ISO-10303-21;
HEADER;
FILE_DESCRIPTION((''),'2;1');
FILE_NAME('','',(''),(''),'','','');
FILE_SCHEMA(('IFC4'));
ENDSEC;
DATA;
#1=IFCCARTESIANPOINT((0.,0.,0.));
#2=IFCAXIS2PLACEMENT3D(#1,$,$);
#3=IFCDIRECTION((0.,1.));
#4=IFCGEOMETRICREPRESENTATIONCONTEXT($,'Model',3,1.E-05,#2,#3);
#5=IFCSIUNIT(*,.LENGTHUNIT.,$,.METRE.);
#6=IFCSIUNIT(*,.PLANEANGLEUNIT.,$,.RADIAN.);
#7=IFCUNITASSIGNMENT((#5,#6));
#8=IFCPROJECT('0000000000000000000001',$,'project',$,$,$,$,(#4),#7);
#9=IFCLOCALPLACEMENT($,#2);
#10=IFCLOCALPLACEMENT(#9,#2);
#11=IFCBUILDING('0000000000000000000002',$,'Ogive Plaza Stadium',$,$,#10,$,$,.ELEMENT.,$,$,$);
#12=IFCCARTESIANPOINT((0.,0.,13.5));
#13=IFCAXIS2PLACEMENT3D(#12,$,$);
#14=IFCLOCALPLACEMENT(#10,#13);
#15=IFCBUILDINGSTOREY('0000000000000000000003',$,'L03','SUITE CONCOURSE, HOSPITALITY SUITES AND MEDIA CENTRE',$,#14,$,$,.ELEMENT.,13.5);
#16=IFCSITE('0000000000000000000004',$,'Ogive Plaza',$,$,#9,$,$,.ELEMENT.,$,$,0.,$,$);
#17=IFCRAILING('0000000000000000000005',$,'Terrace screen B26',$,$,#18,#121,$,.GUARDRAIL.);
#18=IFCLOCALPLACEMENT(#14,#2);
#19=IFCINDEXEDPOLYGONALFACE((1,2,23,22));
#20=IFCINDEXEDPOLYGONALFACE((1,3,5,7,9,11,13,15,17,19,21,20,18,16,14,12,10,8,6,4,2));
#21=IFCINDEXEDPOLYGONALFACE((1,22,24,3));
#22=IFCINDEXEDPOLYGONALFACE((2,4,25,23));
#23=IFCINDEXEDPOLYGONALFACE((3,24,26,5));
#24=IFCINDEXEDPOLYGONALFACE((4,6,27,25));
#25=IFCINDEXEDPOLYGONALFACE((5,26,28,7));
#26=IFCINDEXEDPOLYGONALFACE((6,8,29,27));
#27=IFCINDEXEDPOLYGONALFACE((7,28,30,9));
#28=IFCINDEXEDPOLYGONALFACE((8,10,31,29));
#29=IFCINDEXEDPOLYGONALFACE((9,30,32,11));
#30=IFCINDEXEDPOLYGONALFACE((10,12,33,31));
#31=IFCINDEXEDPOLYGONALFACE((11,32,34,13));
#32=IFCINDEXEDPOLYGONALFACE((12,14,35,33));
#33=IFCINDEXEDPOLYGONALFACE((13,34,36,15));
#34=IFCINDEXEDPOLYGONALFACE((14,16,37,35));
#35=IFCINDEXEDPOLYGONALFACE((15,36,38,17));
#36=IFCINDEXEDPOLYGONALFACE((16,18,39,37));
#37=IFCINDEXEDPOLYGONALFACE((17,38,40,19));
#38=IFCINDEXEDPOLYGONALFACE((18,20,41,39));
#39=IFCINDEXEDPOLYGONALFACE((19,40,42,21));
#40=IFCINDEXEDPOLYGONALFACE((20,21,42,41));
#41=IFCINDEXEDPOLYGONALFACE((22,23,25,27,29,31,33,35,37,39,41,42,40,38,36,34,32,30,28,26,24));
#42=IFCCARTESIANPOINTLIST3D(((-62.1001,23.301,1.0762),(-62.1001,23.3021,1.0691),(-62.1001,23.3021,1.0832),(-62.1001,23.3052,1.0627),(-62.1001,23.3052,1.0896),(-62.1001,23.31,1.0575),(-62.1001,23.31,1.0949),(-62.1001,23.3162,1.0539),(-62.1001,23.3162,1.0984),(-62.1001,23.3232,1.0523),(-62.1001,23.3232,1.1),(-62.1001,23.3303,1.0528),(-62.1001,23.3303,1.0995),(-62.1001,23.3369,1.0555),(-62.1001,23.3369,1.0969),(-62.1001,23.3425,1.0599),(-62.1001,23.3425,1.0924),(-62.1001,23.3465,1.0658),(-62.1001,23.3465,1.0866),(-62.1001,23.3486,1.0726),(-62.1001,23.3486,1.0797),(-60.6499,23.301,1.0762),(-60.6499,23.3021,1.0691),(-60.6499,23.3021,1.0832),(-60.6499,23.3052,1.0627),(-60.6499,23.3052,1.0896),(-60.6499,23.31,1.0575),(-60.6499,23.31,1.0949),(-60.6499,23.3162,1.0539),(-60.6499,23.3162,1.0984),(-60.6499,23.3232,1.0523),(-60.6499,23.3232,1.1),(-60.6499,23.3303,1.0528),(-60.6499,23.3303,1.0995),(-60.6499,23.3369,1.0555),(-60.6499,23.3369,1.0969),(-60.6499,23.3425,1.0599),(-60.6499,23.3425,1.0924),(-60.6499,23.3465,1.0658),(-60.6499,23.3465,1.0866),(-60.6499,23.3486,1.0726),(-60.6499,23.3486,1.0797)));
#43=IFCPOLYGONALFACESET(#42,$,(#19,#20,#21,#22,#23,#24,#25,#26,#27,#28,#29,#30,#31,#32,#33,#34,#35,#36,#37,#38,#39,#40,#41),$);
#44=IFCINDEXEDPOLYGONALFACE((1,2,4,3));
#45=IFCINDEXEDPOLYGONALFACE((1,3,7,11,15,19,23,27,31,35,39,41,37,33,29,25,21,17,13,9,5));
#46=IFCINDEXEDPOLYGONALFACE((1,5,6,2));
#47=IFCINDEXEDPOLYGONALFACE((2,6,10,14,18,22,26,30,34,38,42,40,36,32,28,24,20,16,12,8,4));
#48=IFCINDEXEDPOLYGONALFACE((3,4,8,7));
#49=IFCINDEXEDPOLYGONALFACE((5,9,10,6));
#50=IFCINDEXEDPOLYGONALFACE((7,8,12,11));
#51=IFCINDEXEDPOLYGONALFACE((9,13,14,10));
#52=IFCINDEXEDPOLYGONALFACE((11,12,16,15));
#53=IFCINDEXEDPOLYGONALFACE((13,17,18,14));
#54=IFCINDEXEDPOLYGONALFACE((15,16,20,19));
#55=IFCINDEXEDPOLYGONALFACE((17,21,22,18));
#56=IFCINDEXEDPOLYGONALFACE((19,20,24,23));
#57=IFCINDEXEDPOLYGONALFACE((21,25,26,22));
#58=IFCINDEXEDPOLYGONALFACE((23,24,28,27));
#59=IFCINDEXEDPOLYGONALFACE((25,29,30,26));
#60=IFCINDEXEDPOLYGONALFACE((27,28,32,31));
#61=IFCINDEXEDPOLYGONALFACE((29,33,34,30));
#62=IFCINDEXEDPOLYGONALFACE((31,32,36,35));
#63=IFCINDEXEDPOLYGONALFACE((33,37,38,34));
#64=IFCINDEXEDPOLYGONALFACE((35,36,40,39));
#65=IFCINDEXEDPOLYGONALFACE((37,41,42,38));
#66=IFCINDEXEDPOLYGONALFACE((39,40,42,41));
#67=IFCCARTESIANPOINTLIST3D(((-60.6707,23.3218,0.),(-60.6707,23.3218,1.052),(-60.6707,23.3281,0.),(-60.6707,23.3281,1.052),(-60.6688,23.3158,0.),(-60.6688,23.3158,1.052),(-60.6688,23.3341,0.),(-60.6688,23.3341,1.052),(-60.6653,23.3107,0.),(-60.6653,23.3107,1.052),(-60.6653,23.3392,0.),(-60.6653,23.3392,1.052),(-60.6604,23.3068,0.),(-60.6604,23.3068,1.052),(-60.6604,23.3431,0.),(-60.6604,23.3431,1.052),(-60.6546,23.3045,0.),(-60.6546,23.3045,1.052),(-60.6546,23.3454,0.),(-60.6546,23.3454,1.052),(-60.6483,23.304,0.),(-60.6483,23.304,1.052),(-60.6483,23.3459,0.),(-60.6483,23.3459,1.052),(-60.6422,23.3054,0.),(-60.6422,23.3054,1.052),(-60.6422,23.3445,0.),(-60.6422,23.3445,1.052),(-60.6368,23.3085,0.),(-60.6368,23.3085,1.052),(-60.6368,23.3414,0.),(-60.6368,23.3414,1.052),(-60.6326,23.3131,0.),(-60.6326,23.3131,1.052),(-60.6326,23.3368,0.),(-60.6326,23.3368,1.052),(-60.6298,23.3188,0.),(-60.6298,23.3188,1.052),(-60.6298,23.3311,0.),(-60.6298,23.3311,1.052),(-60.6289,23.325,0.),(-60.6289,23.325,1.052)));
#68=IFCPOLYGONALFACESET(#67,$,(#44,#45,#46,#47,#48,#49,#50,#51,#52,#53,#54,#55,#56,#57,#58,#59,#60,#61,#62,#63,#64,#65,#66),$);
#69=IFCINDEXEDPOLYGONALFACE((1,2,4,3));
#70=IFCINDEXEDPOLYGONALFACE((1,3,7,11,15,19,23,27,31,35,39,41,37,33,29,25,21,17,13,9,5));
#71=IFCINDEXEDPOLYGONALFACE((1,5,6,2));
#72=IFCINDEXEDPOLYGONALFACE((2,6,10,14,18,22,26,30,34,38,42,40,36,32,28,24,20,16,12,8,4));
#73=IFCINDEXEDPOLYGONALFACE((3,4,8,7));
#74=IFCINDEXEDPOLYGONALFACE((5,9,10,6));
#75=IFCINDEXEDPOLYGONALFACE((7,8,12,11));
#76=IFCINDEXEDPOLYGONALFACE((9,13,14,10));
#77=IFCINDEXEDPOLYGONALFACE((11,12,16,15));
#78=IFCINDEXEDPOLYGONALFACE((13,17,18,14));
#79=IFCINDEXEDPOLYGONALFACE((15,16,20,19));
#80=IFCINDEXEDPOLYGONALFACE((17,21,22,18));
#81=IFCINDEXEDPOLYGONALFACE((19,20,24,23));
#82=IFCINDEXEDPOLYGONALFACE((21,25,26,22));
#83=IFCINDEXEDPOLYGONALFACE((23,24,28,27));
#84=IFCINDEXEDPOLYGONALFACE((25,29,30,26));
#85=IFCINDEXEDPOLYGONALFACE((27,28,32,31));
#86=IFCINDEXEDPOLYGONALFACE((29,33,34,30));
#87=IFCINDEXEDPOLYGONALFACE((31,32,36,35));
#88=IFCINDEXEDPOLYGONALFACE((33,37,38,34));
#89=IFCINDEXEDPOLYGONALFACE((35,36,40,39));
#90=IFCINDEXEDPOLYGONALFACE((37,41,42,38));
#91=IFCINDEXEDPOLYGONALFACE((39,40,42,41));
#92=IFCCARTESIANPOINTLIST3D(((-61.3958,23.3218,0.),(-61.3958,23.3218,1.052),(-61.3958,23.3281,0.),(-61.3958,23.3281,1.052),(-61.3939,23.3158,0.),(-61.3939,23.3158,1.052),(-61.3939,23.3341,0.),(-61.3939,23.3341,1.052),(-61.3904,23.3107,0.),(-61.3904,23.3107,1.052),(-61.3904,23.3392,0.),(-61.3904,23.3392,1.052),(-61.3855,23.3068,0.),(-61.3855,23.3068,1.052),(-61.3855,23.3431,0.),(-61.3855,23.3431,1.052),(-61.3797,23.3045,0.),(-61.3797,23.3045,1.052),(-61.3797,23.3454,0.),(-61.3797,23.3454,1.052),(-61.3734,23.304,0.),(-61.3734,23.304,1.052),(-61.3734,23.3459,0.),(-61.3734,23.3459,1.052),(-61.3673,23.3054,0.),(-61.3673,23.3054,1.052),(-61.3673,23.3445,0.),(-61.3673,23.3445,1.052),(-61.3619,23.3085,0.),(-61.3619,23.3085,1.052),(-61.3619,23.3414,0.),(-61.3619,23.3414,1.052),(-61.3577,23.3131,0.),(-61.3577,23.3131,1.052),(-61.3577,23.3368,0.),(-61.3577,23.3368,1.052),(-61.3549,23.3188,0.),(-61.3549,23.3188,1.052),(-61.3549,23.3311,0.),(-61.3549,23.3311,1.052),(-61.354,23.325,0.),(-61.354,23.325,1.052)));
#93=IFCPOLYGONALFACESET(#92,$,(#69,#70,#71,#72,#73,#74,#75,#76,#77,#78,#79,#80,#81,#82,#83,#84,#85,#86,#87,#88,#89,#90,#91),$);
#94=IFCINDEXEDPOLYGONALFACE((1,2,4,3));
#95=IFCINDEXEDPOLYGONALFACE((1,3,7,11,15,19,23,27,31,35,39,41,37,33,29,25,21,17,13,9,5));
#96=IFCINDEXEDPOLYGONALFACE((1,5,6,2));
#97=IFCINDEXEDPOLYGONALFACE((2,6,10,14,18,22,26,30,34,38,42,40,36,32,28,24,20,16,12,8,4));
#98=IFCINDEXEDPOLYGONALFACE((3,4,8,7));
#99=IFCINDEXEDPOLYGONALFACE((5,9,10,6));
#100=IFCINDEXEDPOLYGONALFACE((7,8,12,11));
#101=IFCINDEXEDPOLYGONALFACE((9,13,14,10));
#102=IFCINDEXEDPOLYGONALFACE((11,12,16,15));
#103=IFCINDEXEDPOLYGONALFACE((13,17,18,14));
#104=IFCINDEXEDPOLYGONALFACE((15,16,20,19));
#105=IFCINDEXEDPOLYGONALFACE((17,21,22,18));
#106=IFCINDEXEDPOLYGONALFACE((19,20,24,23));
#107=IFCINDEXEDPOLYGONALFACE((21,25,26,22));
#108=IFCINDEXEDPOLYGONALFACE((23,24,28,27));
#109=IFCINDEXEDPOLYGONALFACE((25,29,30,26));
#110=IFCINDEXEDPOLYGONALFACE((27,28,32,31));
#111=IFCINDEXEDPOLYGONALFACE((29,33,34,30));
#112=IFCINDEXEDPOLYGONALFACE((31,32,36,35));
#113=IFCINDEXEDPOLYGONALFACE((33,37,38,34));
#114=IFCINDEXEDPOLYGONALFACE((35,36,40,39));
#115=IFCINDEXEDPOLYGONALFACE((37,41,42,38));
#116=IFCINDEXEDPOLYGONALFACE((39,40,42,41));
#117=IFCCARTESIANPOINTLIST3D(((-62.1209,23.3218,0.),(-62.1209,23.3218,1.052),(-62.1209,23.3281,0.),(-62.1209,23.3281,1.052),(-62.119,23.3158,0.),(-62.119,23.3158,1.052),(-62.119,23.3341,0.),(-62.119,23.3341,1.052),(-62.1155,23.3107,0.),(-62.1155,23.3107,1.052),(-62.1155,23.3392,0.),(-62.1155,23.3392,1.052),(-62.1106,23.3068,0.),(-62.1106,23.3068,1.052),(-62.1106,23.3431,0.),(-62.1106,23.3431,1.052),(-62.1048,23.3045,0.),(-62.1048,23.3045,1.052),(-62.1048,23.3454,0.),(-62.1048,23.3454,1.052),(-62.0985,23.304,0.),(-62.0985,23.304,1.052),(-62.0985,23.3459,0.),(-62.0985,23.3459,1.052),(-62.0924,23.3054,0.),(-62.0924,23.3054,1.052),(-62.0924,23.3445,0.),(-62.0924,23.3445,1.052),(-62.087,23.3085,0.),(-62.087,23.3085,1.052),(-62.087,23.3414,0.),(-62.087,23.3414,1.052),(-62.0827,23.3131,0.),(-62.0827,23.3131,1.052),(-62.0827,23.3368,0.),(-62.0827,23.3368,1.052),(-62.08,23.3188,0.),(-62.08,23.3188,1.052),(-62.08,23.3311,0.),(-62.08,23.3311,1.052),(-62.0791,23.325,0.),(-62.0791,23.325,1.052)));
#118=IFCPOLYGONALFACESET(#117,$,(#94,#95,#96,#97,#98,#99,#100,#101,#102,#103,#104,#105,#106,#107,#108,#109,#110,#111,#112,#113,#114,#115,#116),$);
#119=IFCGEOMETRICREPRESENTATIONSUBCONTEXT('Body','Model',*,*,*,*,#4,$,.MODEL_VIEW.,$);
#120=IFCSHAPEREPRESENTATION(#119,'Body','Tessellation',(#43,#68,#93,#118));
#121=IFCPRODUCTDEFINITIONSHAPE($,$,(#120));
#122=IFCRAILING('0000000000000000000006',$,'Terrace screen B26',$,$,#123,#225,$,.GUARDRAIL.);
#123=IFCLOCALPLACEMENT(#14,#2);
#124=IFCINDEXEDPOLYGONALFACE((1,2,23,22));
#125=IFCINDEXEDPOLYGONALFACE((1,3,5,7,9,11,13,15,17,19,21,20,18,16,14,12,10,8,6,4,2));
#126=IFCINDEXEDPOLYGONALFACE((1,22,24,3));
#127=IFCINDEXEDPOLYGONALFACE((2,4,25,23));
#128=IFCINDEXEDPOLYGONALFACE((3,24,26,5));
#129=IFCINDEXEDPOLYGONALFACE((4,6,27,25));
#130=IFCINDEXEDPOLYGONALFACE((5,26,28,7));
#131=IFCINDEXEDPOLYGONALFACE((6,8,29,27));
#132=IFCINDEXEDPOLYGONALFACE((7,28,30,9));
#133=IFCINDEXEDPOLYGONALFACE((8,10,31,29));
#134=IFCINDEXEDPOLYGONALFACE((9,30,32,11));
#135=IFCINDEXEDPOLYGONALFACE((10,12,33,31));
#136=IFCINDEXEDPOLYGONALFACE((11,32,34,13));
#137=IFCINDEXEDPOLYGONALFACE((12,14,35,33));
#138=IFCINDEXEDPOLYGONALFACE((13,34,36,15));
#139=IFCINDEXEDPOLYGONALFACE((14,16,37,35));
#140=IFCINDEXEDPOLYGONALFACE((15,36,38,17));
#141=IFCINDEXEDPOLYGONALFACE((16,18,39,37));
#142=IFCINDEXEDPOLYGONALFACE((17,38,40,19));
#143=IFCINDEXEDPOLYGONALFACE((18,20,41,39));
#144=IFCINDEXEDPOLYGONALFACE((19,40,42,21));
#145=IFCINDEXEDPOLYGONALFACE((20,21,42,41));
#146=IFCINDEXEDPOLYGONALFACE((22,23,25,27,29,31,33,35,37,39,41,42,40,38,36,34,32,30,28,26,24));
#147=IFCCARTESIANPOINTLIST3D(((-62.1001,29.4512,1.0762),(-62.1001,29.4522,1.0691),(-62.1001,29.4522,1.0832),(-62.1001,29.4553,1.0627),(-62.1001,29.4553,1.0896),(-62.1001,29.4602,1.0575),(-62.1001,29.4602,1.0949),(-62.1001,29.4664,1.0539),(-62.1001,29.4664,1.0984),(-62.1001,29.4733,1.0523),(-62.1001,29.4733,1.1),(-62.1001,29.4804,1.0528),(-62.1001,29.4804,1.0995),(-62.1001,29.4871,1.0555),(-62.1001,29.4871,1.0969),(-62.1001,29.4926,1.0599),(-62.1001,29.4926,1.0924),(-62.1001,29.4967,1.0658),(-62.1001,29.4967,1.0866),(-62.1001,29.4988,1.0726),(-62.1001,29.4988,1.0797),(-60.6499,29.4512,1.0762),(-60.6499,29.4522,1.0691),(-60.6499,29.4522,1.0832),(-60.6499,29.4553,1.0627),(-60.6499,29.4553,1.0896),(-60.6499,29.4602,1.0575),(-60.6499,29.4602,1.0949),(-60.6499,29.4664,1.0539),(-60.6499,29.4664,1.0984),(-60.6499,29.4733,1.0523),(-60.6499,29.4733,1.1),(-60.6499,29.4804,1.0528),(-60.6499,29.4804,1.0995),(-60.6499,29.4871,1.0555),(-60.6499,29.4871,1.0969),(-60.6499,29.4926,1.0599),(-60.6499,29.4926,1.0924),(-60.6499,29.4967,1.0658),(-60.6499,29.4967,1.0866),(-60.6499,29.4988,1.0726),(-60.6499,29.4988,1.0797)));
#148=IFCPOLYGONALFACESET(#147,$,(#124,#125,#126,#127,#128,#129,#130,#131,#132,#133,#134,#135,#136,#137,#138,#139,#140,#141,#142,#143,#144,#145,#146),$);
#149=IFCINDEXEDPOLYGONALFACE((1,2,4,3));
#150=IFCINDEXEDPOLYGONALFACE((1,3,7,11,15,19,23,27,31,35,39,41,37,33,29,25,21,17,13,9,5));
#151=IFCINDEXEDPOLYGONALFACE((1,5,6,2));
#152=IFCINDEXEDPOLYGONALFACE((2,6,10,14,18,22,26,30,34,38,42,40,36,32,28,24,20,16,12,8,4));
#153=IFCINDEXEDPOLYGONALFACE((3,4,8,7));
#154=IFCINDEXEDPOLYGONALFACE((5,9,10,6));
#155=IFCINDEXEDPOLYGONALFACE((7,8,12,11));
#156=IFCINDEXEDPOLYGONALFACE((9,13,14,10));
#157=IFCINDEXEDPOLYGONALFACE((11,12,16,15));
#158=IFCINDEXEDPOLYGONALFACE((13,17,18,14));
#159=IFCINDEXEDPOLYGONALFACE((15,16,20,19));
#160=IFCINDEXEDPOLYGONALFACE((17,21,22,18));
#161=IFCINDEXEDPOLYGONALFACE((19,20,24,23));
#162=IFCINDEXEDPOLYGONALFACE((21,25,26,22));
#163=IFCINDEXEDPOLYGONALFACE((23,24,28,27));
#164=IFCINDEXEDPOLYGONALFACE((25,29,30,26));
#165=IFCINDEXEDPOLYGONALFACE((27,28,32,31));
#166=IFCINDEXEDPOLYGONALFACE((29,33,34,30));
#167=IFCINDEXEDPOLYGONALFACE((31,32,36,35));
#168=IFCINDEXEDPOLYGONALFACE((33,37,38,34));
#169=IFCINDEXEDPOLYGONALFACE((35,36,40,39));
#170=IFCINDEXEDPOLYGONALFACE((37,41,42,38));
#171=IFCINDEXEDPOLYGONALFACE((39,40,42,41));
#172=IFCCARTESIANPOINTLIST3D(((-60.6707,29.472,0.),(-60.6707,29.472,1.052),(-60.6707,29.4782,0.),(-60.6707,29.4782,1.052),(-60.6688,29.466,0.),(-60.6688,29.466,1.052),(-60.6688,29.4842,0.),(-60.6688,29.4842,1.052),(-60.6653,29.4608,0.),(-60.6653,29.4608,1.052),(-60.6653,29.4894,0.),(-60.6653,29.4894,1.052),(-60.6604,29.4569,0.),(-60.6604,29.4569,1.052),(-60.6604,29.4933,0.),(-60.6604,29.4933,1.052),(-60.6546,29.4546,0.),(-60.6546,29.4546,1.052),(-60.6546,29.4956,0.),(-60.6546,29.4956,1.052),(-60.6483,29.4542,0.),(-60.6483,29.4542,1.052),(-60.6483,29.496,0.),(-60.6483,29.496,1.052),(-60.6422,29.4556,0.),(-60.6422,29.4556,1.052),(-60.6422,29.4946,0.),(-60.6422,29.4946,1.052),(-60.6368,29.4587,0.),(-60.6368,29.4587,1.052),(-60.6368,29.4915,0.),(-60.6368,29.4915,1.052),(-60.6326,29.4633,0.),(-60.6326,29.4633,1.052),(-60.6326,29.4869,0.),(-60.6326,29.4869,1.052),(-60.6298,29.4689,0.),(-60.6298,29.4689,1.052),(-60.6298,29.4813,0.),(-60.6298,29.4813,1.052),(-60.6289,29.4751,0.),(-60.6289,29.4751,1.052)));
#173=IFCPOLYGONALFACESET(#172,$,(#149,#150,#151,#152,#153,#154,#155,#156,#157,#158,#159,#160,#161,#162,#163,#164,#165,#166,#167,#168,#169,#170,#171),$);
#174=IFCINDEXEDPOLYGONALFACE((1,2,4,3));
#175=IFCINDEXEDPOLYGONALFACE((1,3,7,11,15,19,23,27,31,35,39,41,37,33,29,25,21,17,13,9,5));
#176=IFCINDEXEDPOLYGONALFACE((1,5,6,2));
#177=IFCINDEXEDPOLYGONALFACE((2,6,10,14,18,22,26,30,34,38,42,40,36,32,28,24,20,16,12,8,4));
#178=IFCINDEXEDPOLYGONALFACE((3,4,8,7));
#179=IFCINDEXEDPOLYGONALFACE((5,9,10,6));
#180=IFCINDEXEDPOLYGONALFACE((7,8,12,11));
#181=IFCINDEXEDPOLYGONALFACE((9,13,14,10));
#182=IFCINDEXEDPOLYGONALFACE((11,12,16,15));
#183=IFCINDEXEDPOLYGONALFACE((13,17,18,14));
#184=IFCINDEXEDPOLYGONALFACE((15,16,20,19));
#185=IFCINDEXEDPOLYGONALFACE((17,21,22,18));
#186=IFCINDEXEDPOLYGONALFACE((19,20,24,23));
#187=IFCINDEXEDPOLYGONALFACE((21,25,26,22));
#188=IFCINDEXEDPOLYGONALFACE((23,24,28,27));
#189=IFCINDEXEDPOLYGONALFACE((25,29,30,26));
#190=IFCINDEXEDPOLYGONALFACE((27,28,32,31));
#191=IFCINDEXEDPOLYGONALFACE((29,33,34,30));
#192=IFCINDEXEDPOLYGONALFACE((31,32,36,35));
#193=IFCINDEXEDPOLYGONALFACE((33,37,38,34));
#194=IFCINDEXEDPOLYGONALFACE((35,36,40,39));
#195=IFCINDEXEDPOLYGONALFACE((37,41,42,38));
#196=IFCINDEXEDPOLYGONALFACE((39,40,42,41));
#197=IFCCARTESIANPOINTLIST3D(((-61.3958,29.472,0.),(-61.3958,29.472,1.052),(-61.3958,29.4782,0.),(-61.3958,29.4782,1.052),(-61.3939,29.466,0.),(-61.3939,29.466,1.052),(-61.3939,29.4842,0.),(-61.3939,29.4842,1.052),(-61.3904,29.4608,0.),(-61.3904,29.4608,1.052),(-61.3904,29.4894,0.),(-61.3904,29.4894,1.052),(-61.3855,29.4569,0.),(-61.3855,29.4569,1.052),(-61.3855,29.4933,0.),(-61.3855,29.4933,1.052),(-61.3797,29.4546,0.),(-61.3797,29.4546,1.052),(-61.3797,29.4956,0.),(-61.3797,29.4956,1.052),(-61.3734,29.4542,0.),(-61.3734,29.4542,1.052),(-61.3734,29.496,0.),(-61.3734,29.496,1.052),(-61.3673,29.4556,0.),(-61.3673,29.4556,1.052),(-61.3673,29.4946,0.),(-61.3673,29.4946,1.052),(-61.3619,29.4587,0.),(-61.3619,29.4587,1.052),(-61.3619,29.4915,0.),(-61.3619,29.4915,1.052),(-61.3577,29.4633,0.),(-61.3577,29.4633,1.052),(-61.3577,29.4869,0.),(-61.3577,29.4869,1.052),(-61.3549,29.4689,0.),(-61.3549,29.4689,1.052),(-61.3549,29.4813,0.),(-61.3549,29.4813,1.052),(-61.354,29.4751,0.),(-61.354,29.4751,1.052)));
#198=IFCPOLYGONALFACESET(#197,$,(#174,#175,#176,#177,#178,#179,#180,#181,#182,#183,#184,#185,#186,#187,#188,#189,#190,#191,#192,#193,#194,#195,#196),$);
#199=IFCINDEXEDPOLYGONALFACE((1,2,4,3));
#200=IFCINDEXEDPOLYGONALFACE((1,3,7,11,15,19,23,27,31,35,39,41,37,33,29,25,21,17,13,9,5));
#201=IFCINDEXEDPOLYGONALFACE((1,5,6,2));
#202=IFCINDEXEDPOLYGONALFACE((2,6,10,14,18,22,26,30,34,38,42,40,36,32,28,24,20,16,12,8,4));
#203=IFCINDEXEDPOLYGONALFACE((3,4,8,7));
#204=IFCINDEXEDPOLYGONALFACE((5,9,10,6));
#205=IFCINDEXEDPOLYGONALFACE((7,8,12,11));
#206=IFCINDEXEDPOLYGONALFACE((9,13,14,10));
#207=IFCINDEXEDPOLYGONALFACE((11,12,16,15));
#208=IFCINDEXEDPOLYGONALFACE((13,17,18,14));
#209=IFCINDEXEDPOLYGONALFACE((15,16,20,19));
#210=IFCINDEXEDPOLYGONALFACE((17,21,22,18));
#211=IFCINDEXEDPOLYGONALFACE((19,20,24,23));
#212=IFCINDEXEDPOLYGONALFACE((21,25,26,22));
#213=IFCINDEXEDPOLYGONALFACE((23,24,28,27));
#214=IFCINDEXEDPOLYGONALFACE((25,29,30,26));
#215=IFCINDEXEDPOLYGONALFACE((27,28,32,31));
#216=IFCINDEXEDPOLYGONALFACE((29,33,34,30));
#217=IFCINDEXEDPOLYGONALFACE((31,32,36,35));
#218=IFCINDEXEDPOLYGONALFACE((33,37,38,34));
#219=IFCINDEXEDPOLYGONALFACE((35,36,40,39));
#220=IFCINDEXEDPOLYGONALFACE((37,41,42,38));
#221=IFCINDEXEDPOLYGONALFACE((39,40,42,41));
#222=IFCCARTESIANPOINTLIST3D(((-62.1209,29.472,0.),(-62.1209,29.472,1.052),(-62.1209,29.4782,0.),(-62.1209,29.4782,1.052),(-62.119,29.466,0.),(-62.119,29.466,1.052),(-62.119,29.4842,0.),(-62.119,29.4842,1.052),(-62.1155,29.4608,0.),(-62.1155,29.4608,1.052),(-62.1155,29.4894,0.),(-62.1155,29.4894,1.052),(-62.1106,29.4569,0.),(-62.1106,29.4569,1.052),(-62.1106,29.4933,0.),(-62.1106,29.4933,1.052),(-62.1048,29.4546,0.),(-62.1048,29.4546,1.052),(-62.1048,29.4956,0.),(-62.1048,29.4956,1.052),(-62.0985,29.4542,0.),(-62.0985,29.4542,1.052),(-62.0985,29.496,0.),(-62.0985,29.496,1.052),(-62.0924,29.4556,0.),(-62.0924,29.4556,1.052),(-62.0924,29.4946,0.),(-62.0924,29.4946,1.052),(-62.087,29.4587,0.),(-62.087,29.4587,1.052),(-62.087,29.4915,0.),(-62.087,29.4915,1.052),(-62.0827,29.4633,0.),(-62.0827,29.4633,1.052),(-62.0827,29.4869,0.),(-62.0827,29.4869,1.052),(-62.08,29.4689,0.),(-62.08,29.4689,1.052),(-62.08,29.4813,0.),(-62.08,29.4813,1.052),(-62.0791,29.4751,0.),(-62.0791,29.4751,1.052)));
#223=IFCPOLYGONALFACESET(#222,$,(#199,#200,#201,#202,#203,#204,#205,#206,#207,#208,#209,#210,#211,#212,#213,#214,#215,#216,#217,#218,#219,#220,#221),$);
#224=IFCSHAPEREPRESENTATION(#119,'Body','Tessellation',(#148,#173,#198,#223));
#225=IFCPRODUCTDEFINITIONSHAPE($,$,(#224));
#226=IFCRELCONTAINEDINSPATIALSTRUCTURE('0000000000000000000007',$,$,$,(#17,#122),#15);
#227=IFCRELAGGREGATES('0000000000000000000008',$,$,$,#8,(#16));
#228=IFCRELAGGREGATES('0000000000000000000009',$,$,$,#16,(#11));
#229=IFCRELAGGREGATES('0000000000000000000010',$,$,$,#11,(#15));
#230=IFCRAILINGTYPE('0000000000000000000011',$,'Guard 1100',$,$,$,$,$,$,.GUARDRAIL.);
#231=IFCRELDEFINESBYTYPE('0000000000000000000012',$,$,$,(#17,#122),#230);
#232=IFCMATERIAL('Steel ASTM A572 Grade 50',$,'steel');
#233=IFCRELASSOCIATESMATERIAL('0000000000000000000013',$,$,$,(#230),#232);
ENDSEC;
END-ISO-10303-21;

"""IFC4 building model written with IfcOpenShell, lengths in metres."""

from ifc_helpers import new_model, si_unit, direction, frame, origin, origin_2d, place, context, subcontext, project, spatial, circle, extrude, material, type_object, element, save


model = new_model("IFC4")

# Units and contexts
model_context = context("Model", 3, precision=1e-05, world=origin(), true_north=direction((0.0, 1.0)))
body_context = subcontext(model_context, "Body", "Model", "MODEL_VIEW")
ifc_project = project(units=[si_unit("LENGTHUNIT", "METRE"), si_unit("PLANEANGLEUNIT", "RADIAN")], contexts=[model_context])

# Site, building, storey
site_placement = place(None, origin())
site = spatial("IfcSite", under=ifc_project, at=site_placement, Name="Ogive Plaza", CompositionType="ELEMENT", RefElevation=0.0)
building_placement = place(site_placement, origin())
building = spatial("IfcBuilding", under=site, at=building_placement, Name="Ogive Plaza Stadium", CompositionType="ELEMENT")
storey_placement = place(building_placement, frame((0.0, 0.0, 13.5)))
storey = spatial("IfcBuildingStorey", under=building, at=storey_placement, Name="L03", Description="SUITE CONCOURSE, HOSPITALITY SUITES AND MEDIA CENTRE", CompositionType="ELEMENT", Elevation=13.5)

# Railings
ifc_material_1 = material(Name="Steel ASTM A572 Grade 50", Category="steel")
railing_type = type_object("IfcRailingType", Name="Guard 1100", PredefinedType="GUARDRAIL", material=ifc_material_1)
for number, where, name in (
    (1, (-60.6499, 23.325, 0.0), "Terrace screen B26"),
    (2, (-60.6499, 29.4751, 0.0), "Terrace screen B26"),
):
    element("IfcRailing", number, at=place(storey_placement, frame(where)), inside=storey, type_object=railing_type, Name=name, PredefinedType="GUARDRAIL", context=body_context, shape_type="SweptSolid", body=[
        extrude(circle(Radius=0.0239, at=origin_2d()), frame((0.0, 0.0, 1.0762), z_axis=(-1.0, 0.0, 0.0), x_axis=(0.0, -1.0, 0.0)), (0.0, 0.0, 1.0), 1.4502),
        extrude(circle(Radius=0.021, at=origin_2d()), origin(), (0.0, 0.0, 1.0), 1.052),
        extrude(circle(Radius=0.021, at=origin_2d()), frame((-0.7251, 0.0, 0.0)), (0.0, 0.0, 1.0), 1.052),
        extrude(circle(Radius=0.021, at=origin_2d()), frame((-1.4502, 0.0, 0.0)), (0.0, 0.0, 1.0), 1.052),
    ])

save(model, "model.ifc")
